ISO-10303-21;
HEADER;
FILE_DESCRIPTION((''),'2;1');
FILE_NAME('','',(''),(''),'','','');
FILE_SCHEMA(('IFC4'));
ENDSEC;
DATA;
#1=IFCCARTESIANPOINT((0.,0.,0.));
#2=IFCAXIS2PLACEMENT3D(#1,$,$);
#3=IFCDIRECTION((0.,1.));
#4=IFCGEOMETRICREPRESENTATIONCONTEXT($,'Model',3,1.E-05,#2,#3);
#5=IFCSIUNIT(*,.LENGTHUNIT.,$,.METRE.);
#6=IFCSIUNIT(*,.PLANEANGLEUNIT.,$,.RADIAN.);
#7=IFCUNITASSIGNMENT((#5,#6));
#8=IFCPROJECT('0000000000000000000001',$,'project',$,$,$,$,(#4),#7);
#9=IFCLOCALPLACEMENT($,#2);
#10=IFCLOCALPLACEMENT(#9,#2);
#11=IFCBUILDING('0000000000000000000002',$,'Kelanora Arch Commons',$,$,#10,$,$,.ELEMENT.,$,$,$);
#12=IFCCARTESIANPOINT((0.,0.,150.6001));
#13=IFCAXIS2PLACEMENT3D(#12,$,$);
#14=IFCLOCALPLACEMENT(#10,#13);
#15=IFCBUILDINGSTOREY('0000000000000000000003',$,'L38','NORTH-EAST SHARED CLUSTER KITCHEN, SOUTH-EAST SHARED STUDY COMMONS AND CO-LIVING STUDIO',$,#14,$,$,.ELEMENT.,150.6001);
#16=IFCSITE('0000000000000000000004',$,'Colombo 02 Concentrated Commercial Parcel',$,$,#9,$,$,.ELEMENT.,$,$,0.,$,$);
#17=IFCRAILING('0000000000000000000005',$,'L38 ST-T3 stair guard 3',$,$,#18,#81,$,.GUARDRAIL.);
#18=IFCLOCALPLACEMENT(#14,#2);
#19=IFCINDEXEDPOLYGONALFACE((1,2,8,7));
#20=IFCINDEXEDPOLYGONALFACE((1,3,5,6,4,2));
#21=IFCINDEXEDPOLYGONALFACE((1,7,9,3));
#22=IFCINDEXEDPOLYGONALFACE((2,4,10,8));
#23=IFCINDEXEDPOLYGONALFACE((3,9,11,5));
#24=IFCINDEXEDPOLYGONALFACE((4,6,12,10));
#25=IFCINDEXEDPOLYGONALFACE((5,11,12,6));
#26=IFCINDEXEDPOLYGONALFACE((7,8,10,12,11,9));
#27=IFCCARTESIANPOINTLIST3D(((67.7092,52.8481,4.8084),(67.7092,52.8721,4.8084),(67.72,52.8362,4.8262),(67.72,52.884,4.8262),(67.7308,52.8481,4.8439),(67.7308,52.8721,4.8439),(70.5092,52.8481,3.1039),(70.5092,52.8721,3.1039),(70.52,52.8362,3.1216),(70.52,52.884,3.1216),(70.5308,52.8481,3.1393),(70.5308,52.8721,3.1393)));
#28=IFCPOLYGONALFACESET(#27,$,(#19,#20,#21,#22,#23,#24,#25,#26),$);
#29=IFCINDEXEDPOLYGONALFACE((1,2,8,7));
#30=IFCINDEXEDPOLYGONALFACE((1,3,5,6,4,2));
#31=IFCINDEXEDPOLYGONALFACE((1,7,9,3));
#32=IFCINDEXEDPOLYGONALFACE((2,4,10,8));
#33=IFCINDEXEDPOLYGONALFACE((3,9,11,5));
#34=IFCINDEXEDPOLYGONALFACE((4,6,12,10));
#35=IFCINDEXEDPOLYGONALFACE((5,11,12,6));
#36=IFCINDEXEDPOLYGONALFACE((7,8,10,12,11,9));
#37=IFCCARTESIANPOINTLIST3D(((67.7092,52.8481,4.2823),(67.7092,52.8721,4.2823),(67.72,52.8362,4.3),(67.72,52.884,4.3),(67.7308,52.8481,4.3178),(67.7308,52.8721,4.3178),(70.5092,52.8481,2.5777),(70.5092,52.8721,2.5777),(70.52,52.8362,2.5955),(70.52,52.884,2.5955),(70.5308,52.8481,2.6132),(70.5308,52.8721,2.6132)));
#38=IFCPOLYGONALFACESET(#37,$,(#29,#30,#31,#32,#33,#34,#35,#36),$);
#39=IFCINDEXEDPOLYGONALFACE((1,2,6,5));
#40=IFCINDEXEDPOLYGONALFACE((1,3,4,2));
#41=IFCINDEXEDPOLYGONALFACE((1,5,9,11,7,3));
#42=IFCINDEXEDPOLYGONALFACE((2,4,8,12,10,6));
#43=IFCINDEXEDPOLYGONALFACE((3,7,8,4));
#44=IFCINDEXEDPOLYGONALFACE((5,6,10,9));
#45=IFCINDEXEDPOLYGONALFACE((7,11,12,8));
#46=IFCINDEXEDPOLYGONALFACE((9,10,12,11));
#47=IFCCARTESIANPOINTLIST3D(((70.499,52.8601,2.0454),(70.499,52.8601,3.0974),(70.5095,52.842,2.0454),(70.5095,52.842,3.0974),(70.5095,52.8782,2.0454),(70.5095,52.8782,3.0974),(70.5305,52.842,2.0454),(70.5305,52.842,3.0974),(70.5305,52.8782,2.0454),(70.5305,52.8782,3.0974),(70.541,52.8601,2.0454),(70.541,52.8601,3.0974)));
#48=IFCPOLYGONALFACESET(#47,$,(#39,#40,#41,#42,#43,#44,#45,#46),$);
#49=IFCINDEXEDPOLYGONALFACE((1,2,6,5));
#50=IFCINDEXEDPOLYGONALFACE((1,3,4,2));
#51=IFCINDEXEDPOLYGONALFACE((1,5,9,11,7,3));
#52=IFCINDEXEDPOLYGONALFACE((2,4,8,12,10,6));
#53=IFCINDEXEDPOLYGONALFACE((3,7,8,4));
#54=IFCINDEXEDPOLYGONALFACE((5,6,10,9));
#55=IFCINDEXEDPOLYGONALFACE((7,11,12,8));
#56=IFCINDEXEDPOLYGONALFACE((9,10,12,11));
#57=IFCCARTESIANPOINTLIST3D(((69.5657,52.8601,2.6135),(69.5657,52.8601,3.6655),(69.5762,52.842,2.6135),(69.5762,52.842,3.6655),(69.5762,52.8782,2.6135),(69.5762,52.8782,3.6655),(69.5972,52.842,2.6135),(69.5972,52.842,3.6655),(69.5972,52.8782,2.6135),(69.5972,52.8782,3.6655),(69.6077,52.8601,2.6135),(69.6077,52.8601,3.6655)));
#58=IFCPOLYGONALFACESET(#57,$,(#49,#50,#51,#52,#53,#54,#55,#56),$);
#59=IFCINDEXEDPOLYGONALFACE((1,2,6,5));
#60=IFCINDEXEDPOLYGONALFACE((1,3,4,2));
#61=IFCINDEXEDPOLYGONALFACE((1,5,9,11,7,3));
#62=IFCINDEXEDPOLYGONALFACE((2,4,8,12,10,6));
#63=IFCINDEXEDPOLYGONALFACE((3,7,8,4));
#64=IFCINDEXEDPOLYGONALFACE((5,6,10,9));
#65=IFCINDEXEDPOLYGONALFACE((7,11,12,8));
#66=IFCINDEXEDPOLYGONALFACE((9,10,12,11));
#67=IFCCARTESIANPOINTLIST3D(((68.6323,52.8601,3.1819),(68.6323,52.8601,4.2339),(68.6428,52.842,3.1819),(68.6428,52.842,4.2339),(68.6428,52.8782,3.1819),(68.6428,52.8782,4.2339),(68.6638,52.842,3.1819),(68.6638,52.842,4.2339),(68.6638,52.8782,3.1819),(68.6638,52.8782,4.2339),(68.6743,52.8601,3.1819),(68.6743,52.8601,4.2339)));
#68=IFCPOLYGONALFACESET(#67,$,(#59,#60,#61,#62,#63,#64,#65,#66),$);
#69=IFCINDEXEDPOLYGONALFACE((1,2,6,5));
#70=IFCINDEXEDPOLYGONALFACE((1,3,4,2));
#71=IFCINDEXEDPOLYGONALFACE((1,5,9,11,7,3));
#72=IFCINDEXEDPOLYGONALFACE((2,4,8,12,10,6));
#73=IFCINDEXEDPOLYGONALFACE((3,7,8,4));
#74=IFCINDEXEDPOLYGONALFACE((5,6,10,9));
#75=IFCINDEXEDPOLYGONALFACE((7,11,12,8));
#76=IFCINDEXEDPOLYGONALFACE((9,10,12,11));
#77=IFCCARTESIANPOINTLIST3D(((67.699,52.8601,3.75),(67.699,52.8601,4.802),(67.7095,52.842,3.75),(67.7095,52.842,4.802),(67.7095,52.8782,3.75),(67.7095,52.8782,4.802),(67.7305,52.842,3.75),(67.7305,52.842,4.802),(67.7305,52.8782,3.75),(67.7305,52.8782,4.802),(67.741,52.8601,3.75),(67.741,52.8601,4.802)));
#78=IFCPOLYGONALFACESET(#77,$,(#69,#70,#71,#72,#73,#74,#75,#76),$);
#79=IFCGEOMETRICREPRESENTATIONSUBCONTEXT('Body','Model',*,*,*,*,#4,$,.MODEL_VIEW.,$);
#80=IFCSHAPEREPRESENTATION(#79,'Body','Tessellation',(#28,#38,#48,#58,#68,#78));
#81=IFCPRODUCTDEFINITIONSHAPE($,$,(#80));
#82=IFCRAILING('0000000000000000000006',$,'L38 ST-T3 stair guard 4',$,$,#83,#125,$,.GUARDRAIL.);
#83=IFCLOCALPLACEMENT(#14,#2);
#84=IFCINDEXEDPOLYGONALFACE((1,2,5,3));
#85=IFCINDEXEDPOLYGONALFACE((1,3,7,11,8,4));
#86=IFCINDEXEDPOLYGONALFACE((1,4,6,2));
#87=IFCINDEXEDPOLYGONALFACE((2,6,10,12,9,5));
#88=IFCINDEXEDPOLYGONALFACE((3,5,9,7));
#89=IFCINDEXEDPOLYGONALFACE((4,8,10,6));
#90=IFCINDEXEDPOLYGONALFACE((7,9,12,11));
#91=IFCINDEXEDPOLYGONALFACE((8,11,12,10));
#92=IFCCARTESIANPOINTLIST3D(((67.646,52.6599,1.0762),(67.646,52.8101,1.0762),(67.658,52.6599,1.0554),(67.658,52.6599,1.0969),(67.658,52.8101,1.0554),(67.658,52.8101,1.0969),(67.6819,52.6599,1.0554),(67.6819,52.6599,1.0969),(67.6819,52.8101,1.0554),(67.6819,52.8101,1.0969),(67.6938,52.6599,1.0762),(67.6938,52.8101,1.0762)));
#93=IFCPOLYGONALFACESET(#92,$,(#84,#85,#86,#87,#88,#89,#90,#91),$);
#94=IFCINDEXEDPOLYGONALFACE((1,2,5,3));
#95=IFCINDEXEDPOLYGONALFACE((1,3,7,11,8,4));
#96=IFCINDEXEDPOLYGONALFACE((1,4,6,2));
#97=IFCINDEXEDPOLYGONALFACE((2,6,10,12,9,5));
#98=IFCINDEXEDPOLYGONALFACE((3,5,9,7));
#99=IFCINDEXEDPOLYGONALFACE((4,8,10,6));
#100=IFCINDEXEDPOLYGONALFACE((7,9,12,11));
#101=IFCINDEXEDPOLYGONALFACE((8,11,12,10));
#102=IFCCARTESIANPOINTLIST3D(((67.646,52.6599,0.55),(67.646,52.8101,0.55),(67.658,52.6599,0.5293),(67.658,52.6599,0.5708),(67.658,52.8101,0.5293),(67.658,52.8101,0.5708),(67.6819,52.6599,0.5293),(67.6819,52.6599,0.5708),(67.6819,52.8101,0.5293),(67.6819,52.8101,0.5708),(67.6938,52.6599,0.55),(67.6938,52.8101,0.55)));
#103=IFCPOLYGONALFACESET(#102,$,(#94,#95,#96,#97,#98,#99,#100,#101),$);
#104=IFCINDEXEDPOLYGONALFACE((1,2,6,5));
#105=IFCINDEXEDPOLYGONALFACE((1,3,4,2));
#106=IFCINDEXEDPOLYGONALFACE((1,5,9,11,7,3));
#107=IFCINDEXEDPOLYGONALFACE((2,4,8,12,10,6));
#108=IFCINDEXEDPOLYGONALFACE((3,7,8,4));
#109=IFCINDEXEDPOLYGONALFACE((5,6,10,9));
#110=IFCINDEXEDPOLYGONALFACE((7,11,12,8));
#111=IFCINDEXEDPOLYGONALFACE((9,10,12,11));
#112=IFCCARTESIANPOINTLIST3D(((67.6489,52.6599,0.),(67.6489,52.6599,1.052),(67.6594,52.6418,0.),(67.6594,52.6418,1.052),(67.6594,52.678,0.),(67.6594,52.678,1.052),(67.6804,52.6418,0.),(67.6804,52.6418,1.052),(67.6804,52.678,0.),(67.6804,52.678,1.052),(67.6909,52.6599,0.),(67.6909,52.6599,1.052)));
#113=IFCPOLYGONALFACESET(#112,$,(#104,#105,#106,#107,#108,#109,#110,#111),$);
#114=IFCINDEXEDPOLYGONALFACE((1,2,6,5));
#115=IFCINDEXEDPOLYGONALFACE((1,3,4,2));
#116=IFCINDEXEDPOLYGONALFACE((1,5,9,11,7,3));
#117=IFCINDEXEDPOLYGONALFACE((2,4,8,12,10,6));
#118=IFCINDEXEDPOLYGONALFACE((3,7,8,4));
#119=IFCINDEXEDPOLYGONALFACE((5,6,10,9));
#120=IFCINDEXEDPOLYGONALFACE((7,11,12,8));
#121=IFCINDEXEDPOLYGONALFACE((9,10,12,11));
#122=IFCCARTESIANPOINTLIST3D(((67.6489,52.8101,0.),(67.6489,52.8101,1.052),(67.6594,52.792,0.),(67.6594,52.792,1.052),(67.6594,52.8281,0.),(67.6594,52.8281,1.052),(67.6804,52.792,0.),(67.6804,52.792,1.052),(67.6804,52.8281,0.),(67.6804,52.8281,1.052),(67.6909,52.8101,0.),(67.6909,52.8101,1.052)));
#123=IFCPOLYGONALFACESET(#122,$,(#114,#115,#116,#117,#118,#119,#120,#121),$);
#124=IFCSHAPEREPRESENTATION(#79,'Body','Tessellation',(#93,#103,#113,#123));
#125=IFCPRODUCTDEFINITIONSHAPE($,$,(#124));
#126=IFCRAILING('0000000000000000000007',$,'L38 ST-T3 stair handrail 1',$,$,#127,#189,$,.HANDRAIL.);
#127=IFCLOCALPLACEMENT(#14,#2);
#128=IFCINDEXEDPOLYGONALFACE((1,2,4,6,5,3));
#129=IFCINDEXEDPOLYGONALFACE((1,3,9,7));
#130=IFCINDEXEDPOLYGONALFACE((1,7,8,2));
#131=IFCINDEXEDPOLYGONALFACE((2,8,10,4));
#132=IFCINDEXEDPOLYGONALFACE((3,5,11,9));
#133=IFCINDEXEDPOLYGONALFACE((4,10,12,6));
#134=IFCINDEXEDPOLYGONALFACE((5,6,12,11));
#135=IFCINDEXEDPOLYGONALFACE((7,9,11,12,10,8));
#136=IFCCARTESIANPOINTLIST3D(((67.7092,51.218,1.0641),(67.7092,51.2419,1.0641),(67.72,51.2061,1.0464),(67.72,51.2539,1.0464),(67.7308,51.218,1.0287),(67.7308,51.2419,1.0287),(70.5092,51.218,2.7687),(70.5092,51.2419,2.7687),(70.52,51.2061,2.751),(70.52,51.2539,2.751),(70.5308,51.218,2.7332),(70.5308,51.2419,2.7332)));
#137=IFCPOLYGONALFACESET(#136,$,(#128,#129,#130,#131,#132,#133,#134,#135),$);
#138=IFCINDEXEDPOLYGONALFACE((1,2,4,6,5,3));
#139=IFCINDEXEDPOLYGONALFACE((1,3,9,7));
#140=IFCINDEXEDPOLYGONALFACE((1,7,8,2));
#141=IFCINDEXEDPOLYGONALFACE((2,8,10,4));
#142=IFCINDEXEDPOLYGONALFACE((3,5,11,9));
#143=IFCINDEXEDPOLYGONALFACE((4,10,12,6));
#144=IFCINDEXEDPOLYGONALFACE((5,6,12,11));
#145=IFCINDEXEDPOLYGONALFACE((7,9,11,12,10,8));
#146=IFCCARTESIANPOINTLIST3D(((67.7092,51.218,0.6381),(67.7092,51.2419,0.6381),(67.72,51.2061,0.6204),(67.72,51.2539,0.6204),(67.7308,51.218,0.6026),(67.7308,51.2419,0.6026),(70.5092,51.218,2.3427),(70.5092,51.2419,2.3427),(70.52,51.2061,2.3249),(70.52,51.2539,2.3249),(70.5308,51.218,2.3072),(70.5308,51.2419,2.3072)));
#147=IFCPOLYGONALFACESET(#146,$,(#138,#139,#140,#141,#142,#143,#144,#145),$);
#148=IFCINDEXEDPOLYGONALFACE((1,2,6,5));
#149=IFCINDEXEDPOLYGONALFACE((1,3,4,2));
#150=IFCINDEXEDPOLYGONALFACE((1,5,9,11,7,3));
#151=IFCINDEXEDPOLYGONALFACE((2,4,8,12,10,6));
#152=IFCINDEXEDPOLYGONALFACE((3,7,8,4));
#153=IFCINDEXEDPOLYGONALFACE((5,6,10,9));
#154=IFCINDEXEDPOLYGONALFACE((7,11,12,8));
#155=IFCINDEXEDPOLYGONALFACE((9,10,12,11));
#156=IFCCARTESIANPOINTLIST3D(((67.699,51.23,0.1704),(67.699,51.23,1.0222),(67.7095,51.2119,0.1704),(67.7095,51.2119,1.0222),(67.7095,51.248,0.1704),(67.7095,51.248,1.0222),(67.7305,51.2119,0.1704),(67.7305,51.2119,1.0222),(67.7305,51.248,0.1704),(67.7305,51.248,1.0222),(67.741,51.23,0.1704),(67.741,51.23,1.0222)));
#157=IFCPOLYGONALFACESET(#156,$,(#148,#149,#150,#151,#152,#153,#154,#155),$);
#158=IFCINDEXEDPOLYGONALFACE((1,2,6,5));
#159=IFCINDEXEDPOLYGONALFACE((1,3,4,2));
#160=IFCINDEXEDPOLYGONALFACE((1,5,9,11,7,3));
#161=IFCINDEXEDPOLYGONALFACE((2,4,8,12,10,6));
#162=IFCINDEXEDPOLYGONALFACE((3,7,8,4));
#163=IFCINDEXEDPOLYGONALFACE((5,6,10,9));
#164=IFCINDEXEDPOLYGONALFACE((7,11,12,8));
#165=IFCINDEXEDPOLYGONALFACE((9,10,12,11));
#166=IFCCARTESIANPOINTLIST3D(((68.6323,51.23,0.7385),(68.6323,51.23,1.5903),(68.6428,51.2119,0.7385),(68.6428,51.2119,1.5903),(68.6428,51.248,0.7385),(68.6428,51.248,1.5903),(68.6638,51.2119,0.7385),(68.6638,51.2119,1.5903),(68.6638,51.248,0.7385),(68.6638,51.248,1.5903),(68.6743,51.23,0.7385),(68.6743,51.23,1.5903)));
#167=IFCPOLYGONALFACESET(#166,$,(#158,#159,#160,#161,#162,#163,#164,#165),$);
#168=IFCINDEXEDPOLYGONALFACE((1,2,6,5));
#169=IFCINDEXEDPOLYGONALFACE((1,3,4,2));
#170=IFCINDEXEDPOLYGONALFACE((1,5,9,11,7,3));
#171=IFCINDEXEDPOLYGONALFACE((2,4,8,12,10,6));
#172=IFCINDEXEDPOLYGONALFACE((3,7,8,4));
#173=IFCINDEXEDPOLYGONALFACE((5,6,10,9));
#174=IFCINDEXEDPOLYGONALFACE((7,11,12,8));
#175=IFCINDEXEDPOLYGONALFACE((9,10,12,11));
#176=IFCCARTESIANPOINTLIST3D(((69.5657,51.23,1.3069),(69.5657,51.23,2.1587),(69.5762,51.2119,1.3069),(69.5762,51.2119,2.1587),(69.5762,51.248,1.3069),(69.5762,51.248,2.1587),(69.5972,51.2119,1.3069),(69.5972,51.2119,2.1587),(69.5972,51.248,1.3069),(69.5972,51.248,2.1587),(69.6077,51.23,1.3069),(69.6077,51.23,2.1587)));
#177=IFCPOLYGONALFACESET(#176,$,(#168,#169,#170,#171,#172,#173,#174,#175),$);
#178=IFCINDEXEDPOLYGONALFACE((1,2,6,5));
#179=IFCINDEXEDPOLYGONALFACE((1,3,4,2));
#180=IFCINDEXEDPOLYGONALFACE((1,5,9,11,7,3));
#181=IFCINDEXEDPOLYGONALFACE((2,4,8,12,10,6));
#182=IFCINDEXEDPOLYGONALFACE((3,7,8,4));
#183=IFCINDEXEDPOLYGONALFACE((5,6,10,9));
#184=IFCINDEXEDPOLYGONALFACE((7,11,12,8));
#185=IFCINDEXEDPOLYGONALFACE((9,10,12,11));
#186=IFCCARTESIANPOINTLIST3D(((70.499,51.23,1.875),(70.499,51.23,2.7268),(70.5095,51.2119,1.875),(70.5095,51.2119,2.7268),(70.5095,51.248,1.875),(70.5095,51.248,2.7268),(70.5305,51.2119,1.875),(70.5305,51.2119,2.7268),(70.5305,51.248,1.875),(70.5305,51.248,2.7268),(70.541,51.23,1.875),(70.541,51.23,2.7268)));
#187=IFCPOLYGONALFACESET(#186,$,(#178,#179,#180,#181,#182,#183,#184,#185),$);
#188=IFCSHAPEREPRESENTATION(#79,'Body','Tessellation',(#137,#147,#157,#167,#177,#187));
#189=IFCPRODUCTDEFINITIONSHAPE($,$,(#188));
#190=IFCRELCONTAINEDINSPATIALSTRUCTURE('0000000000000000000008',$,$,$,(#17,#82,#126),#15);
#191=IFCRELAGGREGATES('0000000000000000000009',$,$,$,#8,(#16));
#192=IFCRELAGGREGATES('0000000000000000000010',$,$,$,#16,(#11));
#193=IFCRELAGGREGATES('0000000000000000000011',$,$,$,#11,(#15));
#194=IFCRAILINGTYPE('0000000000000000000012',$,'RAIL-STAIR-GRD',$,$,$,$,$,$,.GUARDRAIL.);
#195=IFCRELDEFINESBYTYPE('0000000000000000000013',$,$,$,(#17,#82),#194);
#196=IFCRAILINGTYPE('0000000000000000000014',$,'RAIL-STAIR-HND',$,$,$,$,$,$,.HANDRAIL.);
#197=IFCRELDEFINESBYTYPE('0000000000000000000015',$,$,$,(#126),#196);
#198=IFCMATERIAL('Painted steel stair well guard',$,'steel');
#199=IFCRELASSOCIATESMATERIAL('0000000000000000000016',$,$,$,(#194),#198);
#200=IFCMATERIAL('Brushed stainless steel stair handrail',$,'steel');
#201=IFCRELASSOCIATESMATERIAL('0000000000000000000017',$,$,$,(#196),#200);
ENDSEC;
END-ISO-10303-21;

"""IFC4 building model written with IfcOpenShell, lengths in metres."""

from ifc_helpers import new_model, si_unit, direction, frame, origin, place, context, subcontext, project, spatial, polyline, outline, extrude, material, type_object, element, save


model = new_model("IFC4")

# Units and contexts
model_context = context("Model", 3, precision=1e-05, world=origin(), true_north=direction((0.0, 1.0)))
body_context = subcontext(model_context, "Body", "Model", "MODEL_VIEW")
ifc_project = project(units=[si_unit("LENGTHUNIT", "METRE"), si_unit("PLANEANGLEUNIT", "RADIAN")], contexts=[model_context])

# Site, building, storey
site_placement = place(None, origin())
site = spatial("IfcSite", under=ifc_project, at=site_placement, Name="Colombo 02 Concentrated Commercial Parcel", CompositionType="ELEMENT", RefElevation=0.0)
building_placement = place(site_placement, origin())
building = spatial("IfcBuilding", under=site, at=building_placement, Name="Kelanora Arch Commons", CompositionType="ELEMENT")
storey_placement = place(building_placement, frame((0.0, 0.0, 150.6001)))
storey = spatial("IfcBuildingStorey", under=building, at=storey_placement, Name="L38", Description="NORTH-EAST SHARED CLUSTER KITCHEN, SOUTH-EAST SHARED STUDY COMMONS AND CO-LIVING STUDIO", CompositionType="ELEMENT", Elevation=150.6001)

# Railings
ifc_material_1 = material(Name="Painted steel stair well guard", Category="steel")
railing_type_1 = type_object("IfcRailingType", Name="RAIL-STAIR-GRD", PredefinedType="GUARDRAIL", material=ifc_material_1)
railing_1_placement = place(storey_placement, frame((70.52, 52.8601, 2.0454)))
element("IfcRailing", 1, at=railing_1_placement, inside=storey, type_object=railing_type_1, Name="L38 ST-T3 stair guard 3", PredefinedType="GUARDRAIL", context=body_context, shape_type="SweptSolid", body=[
    extrude(outline(polyline([(0.0239, 0.0), (0.012, 0.0208), (-0.012, 0.0208), (-0.0239, 0.0), (-0.012, -0.0208), (0.012, -0.0208), (0.0239, 0.0)])), frame((0.0, 0.0, 1.0762), z_axis=(-0.85417, 0.0, 0.519994), x_axis=(0.0, -1.0, 0.0)), (0.0, 0.0, 1.0), 3.2781),
    extrude(outline(polyline([(0.0239, 0.0), (0.012, 0.0208), (-0.012, 0.0208), (-0.0239, 0.0), (-0.012, -0.0208), (0.012, -0.0208), (0.0239, 0.0)])), frame((0.0, 0.0, 0.55), z_axis=(-0.85417, 0.0, 0.519994), x_axis=(0.0, -1.0, 0.0)), (0.0, 0.0, 1.0), 3.2781),
    extrude(outline(polyline([(0.021, 0.0), (0.0105, 0.0181), (-0.0105, 0.0181), (-0.021, 0.0), (-0.0105, -0.0181), (0.0105, -0.0181), (0.021, 0.0)])), origin(), (0.0, 0.0, 1.0), 1.052),
    extrude(outline(polyline([(0.021, 0.0), (0.0105, 0.0181), (-0.0105, 0.0181), (-0.021, 0.0), (-0.0105, -0.0181), (0.0105, -0.0181), (0.021, 0.0)])), frame((-0.9333, 0.0, 0.5681)), (0.0, 0.0, 1.0), 1.052),
    extrude(outline(polyline([(0.021, 0.0), (0.0105, 0.0181), (-0.0105, 0.0181), (-0.021, 0.0), (-0.0105, -0.0181), (0.0105, -0.0181), (0.021, 0.0)])), frame((-1.8667, 0.0, 1.1365)), (0.0, 0.0, 1.0), 1.052),
    extrude(outline(polyline([(0.021, 0.0), (0.0105, 0.0181), (-0.0105, 0.0181), (-0.021, 0.0), (-0.0105, -0.0181), (0.0105, -0.0181), (0.021, 0.0)])), frame((-2.8, 0.0, 1.7046)), (0.0, 0.0, 1.0), 1.052),
])
railing_2_placement = place(storey_placement, frame((67.6699, 52.6599, 0.0)))
element("IfcRailing", 2, at=railing_2_placement, inside=storey, type_object=railing_type_1, Name="L38 ST-T3 stair guard 4", PredefinedType="GUARDRAIL", context=body_context, shape_type="SweptSolid", body=[
    extrude(outline(polyline([(0.0239, 0.0), (0.012, 0.0208), (-0.012, 0.0208), (-0.0239, 0.0), (-0.012, -0.0208), (0.012, -0.0208), (0.0239, 0.0)])), frame((0.0, 0.0, 1.0762), z_axis=(0.0, 1.0, 0.0), x_axis=(-1.0, 0.0, 0.0)), (0.0, 0.0, 1.0), 0.1501),
    extrude(outline(polyline([(0.0239, 0.0), (0.012, 0.0208), (-0.012, 0.0208), (-0.0239, 0.0), (-0.012, -0.0208), (0.012, -0.0208), (0.0239, 0.0)])), frame((0.0, 0.0, 0.55), z_axis=(0.0, 1.0, 0.0), x_axis=(-1.0, 0.0, 0.0)), (0.0, 0.0, 1.0), 0.1501),
    extrude(outline(polyline([(0.021, 0.0), (0.0105, 0.0181), (-0.0105, 0.0181), (-0.021, 0.0), (-0.0105, -0.0181), (0.0105, -0.0181), (0.021, 0.0)])), origin(), (0.0, 0.0, 1.0), 1.052),
    extrude(outline(polyline([(0.021, 0.0), (0.0105, 0.0181), (-0.0105, 0.0181), (-0.021, 0.0), (-0.0105, -0.0181), (0.0105, -0.0181), (0.021, 0.0)])), frame((0.0, 0.1501, 0.0)), (0.0, 0.0, 1.0), 1.052),
])
ifc_material_2 = material(Name="Brushed stainless steel stair handrail", Category="steel")
railing_type_2 = type_object("IfcRailingType", Name="RAIL-STAIR-HND", PredefinedType="HANDRAIL", material=ifc_material_2)
railing_3_placement = place(storey_placement, frame((67.72, 51.23, 0.1704)))
element("IfcRailing", 3, at=railing_3_placement, inside=storey, type_object=railing_type_2, Name="L38 ST-T3 stair handrail 1", PredefinedType="HANDRAIL", context=body_context, shape_type="SweptSolid", body=[
    extrude(outline(polyline([(0.0239, 0.0), (0.012, 0.0208), (-0.012, 0.0208), (-0.0239, 0.0), (-0.012, -0.0208), (0.012, -0.0208), (0.0239, 0.0)])), frame((0.0, 0.0, 0.876), z_axis=(0.85417, 0.0, 0.519994), x_axis=(0.0, 1.0, 0.0)), (0.0, 0.0, 1.0), 3.2781),
    extrude(outline(polyline([(0.0239, 0.0), (0.012, 0.0208), (-0.012, 0.0208), (-0.0239, 0.0), (-0.012, -0.0208), (0.012, -0.0208), (0.0239, 0.0)])), frame((0.0, 0.0, 0.45), z_axis=(0.85417, 0.0, 0.519994), x_axis=(0.0, 1.0, 0.0)), (0.0, 0.0, 1.0), 3.2781),
    extrude(outline(polyline([(0.021, 0.0), (0.0105, 0.0181), (-0.0105, 0.0181), (-0.021, 0.0), (-0.0105, -0.0181), (0.0105, -0.0181), (0.021, 0.0)])), origin(), (0.0, 0.0, 1.0), 0.8518),
    extrude(outline(polyline([(0.021, 0.0), (0.0105, 0.0181), (-0.0105, 0.0181), (-0.021, 0.0), (-0.0105, -0.0181), (0.0105, -0.0181), (0.021, 0.0)])), frame((0.9333, 0.0, 0.5681)), (0.0, 0.0, 1.0), 0.8518),
    extrude(outline(polyline([(0.021, 0.0), (0.0105, 0.0181), (-0.0105, 0.0181), (-0.021, 0.0), (-0.0105, -0.0181), (0.0105, -0.0181), (0.021, 0.0)])), frame((1.8667, 0.0, 1.1365)), (0.0, 0.0, 1.0), 0.8518),
    extrude(outline(polyline([(0.021, 0.0), (0.0105, 0.0181), (-0.0105, 0.0181), (-0.021, 0.0), (-0.0105, -0.0181), (0.0105, -0.0181), (0.021, 0.0)])), frame((2.8, 0.0, 1.7046)), (0.0, 0.0, 1.0), 0.8518),
])

save(model, "model.ifc")
